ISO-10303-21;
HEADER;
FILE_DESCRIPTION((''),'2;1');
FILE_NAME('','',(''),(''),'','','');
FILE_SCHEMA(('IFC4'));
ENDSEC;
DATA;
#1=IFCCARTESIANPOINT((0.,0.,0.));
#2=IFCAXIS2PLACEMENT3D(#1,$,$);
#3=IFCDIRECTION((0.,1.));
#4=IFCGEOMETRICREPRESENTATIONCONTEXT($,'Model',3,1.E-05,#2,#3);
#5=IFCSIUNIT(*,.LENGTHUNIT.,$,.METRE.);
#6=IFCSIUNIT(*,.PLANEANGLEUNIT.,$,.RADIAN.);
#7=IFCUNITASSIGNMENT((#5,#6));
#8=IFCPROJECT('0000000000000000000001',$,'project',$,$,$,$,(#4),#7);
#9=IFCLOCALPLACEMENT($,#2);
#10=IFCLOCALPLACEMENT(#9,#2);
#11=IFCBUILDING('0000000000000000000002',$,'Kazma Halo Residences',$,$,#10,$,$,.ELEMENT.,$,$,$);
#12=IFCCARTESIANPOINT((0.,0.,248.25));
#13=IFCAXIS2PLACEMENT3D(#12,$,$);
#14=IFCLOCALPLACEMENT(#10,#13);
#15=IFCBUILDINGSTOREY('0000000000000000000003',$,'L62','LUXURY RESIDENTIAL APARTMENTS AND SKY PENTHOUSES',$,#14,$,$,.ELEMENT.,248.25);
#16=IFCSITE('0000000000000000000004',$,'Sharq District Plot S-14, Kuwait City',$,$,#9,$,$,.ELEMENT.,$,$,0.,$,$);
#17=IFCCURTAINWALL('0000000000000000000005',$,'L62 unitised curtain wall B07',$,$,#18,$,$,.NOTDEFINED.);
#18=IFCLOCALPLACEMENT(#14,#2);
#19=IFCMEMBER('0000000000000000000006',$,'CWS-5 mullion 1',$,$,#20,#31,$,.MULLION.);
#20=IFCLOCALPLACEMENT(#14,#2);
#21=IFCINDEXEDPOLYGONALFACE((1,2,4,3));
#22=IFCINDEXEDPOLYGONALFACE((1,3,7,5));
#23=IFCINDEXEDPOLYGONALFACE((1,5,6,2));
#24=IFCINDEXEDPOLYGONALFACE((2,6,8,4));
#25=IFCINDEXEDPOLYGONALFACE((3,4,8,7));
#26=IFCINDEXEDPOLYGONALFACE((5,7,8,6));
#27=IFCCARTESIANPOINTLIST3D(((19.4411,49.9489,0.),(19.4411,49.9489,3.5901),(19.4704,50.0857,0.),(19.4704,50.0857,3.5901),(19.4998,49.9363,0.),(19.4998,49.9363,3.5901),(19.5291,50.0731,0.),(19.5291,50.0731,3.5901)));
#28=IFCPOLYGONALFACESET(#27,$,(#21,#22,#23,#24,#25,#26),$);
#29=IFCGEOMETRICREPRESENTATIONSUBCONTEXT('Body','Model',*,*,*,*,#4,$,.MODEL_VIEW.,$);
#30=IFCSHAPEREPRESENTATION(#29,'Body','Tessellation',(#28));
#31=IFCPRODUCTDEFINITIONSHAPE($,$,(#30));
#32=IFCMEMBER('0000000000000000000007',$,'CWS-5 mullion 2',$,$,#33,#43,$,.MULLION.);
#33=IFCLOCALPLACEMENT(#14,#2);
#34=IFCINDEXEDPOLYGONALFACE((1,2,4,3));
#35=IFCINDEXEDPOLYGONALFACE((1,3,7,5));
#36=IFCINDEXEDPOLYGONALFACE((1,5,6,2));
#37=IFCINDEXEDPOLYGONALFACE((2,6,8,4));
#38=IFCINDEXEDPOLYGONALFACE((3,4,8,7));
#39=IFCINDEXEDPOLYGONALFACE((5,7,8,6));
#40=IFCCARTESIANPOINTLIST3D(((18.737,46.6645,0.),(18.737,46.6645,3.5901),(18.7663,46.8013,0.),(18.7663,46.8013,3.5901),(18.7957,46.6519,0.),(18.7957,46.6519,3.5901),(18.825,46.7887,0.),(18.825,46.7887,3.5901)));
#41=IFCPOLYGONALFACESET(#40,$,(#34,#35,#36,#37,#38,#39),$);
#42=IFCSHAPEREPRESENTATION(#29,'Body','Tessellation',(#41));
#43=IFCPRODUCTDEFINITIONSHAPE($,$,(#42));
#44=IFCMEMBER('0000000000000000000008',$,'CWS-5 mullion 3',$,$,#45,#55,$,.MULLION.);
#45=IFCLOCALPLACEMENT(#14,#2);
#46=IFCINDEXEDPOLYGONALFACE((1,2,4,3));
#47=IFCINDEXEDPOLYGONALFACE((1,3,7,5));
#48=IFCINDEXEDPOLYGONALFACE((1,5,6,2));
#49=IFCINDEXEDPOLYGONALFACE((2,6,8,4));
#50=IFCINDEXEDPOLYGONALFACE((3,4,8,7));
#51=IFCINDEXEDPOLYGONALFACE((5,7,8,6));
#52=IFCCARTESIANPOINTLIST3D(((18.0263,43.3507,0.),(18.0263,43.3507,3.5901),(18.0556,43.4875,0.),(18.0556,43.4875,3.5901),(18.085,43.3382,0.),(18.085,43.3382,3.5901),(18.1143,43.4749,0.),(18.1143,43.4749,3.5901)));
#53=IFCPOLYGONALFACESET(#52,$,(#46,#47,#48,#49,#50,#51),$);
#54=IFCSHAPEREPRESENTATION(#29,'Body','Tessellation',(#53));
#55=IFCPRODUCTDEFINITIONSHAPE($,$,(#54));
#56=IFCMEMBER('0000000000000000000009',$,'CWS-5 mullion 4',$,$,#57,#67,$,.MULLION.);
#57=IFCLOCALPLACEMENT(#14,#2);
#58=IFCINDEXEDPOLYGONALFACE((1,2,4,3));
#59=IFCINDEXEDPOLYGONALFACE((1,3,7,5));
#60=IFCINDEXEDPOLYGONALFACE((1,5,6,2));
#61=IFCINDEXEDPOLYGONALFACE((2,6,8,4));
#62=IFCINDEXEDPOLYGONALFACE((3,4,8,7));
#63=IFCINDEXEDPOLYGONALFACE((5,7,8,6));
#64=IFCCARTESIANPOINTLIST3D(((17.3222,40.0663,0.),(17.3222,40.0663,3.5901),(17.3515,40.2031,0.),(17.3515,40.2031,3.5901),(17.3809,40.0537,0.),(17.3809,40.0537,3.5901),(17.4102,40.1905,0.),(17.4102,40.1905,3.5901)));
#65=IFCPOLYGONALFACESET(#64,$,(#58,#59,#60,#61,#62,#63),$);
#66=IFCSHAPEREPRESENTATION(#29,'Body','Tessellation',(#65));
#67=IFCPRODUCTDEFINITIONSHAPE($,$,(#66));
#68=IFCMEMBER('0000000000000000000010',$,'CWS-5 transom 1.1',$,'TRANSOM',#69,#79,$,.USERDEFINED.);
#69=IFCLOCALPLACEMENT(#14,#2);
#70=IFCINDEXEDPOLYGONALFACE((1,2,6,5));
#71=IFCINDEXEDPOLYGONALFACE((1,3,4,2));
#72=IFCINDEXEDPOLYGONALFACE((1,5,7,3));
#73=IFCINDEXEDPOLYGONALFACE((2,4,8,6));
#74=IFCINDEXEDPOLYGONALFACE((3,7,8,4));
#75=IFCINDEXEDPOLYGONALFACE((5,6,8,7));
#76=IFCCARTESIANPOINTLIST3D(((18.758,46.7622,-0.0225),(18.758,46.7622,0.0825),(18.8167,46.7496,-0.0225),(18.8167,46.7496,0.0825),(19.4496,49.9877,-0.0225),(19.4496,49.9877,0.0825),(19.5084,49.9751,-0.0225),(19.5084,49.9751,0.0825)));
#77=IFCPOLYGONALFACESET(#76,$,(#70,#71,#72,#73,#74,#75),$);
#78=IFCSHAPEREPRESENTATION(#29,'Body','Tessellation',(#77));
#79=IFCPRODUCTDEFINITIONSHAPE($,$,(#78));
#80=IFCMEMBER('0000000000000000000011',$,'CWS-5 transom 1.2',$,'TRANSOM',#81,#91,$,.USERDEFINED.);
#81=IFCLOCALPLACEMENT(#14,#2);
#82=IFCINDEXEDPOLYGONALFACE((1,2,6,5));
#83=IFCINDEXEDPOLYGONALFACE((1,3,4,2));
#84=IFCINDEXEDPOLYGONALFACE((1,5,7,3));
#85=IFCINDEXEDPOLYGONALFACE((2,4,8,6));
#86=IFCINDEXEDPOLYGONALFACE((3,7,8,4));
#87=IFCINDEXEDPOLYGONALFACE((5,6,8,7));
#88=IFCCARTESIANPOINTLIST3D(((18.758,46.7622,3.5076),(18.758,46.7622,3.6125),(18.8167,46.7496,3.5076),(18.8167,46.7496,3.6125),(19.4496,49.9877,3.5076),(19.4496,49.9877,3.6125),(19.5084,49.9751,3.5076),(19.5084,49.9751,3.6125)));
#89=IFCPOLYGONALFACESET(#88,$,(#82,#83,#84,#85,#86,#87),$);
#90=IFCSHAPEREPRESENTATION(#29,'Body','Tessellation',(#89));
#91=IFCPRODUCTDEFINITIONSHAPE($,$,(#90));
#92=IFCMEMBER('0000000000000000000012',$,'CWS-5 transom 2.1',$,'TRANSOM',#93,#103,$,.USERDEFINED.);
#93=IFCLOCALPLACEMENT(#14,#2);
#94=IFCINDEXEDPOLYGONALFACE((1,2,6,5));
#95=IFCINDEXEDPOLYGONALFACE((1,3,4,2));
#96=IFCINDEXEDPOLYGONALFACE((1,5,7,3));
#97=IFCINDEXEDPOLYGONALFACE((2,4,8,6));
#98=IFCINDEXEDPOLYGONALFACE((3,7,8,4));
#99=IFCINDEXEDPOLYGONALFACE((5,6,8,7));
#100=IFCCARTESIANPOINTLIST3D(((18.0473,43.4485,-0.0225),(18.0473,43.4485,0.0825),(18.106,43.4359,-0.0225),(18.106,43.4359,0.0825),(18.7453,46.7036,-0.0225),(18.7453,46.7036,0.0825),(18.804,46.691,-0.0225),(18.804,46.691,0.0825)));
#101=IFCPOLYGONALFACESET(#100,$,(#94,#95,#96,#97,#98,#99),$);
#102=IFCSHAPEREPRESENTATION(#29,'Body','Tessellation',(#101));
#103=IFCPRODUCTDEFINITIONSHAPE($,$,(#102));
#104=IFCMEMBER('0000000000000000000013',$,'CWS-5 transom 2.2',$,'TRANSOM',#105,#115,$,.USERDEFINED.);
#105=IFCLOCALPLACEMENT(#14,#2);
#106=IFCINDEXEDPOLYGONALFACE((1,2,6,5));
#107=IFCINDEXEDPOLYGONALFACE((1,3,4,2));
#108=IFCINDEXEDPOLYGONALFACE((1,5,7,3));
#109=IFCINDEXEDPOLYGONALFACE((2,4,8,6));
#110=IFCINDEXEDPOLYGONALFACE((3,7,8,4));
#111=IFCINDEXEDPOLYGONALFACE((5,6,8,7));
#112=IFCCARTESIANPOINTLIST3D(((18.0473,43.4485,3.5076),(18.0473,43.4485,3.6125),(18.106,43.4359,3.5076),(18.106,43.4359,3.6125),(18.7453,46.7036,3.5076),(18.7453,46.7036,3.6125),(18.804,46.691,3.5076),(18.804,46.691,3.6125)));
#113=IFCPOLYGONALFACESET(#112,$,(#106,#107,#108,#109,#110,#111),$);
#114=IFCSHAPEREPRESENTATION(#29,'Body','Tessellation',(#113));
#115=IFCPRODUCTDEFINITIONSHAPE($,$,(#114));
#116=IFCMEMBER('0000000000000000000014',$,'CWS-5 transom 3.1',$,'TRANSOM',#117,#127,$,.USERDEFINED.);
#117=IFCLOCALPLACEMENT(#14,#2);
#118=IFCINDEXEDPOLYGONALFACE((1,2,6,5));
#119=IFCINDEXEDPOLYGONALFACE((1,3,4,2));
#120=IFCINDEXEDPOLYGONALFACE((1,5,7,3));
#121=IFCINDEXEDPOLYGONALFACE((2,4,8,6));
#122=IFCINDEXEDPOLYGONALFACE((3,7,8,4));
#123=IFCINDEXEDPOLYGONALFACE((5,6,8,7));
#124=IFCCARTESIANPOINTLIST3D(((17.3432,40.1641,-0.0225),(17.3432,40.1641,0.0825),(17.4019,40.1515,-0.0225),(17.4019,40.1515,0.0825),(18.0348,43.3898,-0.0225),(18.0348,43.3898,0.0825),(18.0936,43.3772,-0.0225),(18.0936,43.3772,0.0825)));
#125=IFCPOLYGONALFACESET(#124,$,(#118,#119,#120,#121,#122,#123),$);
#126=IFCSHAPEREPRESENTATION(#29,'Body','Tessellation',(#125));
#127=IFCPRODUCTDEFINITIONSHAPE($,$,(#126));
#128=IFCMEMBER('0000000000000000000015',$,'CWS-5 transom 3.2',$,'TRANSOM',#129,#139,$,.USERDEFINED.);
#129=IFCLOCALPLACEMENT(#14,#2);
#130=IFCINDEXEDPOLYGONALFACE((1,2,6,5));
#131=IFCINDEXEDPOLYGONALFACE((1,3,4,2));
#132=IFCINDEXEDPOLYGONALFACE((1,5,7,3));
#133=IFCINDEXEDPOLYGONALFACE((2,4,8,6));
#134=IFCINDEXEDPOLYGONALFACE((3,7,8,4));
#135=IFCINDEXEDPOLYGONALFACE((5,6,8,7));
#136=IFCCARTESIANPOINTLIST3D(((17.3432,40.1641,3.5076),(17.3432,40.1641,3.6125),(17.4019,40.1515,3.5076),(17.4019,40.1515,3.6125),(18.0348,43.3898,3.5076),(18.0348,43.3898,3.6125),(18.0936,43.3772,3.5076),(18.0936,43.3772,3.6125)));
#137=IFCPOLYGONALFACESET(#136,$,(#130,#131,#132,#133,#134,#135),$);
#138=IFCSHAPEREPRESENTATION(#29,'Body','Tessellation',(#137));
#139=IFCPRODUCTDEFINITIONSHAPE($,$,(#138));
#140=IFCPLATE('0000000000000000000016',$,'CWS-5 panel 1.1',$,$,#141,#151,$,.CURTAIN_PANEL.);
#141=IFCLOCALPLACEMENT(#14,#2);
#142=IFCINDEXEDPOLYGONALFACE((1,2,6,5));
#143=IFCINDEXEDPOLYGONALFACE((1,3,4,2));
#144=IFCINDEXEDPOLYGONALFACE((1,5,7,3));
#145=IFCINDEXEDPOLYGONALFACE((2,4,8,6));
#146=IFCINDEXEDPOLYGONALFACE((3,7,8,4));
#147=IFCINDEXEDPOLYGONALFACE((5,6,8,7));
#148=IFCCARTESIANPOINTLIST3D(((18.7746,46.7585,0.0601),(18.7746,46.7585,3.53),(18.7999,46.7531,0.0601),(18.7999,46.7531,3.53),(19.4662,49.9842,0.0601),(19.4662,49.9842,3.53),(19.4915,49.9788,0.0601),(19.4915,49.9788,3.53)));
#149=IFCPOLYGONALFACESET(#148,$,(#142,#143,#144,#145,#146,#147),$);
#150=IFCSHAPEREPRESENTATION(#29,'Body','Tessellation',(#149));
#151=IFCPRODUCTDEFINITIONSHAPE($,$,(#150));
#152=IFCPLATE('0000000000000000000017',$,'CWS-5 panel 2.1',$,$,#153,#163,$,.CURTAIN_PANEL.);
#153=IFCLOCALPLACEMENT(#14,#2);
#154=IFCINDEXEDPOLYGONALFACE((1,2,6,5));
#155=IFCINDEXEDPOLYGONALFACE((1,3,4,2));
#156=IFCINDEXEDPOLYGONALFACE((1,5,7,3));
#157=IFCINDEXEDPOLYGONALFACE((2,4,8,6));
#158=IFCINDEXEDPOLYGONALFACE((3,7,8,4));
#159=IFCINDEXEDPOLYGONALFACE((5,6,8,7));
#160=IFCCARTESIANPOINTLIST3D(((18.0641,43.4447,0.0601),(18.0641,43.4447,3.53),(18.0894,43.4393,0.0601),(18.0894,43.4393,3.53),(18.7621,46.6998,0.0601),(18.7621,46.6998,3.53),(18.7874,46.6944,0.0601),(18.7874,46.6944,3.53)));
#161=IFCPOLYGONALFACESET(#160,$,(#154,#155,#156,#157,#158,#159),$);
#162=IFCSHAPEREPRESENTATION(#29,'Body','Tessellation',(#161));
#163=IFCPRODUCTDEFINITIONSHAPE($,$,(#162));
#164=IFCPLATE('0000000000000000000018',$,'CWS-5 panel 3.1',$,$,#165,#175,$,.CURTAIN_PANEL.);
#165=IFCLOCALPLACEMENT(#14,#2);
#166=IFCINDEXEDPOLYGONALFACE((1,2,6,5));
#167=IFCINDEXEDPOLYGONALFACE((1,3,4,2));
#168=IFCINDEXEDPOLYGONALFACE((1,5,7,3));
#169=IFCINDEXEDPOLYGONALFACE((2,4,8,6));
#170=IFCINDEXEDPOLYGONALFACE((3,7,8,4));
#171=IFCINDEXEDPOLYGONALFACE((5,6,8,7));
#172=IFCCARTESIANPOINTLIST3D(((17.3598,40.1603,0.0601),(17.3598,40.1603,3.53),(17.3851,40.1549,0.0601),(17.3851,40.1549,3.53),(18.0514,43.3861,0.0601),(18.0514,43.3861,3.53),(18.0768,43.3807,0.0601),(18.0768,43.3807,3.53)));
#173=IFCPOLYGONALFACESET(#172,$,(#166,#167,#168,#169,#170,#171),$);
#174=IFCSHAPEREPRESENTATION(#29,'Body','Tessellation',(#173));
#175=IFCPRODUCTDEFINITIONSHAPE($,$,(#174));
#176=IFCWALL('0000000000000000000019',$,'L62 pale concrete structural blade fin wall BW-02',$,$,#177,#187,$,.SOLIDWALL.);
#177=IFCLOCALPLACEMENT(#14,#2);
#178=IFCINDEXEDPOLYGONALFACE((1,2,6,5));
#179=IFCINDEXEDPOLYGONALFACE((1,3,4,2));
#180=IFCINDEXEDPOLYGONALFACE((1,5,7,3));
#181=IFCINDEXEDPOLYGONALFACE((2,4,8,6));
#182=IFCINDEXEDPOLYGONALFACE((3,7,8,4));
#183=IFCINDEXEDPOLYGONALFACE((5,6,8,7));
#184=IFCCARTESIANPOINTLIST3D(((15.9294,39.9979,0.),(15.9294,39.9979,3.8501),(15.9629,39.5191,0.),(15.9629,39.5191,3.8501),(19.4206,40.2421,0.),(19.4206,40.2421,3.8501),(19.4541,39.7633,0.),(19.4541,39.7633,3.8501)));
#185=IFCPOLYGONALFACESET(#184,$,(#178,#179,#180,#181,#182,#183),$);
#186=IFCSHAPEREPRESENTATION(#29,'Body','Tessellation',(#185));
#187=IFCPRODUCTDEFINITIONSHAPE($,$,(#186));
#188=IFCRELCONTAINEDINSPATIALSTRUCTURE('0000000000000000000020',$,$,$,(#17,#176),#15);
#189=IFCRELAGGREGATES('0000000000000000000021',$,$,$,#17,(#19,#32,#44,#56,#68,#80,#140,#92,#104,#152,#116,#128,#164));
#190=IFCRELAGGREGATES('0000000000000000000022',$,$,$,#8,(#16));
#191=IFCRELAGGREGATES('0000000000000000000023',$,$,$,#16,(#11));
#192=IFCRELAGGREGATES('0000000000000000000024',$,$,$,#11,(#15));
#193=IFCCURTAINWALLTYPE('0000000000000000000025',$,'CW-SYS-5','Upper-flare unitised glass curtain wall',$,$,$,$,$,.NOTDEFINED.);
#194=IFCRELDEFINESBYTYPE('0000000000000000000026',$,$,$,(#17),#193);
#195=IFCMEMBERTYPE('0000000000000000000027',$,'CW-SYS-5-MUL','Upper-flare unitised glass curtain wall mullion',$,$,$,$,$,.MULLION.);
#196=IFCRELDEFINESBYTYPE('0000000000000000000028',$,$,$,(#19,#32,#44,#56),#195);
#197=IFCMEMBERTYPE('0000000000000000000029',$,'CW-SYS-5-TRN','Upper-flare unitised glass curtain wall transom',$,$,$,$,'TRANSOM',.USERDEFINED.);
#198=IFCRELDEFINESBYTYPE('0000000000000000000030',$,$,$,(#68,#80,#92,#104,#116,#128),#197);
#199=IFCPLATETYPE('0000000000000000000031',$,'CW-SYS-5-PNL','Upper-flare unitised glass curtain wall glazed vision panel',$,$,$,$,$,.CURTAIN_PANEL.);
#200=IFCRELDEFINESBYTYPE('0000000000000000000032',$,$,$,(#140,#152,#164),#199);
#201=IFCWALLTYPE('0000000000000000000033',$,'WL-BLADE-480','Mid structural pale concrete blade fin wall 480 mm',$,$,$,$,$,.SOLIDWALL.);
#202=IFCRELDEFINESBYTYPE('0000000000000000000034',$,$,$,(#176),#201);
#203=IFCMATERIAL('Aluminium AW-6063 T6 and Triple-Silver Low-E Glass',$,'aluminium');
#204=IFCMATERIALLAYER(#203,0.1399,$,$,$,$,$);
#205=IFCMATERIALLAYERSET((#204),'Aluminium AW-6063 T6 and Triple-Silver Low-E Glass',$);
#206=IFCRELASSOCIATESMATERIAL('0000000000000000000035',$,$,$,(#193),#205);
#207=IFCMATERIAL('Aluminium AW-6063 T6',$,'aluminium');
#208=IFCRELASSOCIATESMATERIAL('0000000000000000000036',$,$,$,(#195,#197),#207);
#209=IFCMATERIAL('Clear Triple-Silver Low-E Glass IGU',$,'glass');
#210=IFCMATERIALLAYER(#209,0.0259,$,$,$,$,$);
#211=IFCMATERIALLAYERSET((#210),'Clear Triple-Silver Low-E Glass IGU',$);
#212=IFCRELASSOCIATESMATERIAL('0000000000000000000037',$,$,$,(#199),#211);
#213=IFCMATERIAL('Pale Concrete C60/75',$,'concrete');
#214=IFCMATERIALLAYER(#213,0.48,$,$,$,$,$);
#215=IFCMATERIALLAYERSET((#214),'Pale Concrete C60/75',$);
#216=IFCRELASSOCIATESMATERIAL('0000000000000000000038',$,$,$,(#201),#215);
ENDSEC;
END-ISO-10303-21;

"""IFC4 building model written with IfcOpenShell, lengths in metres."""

from ifc_helpers import new_model, si_unit, direction, frame, frame_2d, origin, origin_2d, place, context, subcontext, project, spatial, rectangle, extrude, material, layer, layer_set, material_profile, profile_set, type_object, element, aggregate, save


model = new_model("IFC4")

# Units and contexts
model_context = context("Model", 3, precision=1e-05, world=origin(), true_north=direction((0.0, 1.0)))
body_context = subcontext(model_context, "Body", "Model", "MODEL_VIEW")
ifc_project = project(units=[si_unit("LENGTHUNIT", "METRE"), si_unit("PLANEANGLEUNIT", "RADIAN")], contexts=[model_context])

# Site, building, storey
site_placement = place(None, origin())
site = spatial("IfcSite", under=ifc_project, at=site_placement, Name="Sharq District Plot S-14, Kuwait City", CompositionType="ELEMENT", RefElevation=0.0)
building_placement = place(site_placement, origin())
building = spatial("IfcBuilding", under=site, at=building_placement, Name="Kazma Halo Residences", CompositionType="ELEMENT")
storey_placement = place(building_placement, frame((0.0, 0.0, 248.25)))
storey = spatial("IfcBuildingStorey", under=building, at=storey_placement, Name="L62", Description="LUXURY RESIDENTIAL APARTMENTS AND SKY PENTHOUSES", CompositionType="ELEMENT", Elevation=248.25)

# Curtain wall, members, plates
ifc_material_1 = material(Name="Aluminium AW-6063 T6 and Triple-Silver Low-E Glass", Category="aluminium")
ifc_layer_1 = layer(ifc_material_1, 0.1399)
ifc_layer_set_1 = layer_set([ifc_layer_1], Name="Aluminium AW-6063 T6 and Triple-Silver Low-E Glass")
curtain_wall_type = type_object("IfcCurtainWallType", Name="CW-SYS-5", Description="Upper-flare unitised glass curtain wall", PredefinedType="NOTDEFINED", material=ifc_layer_set_1)
curtain_wall_placement = place(storey_placement, origin())
curtain_wall = element("IfcCurtainWall", 1, at=curtain_wall_placement, inside=storey, type_object=curtain_wall_type, Name="L62 unitised curtain wall B07", PredefinedType="NOTDEFINED")
ifc_material_2 = material(Name="Aluminium AW-6063 T6", Category="aluminium")
ifc_material_profile_1 = material_profile(ifc_material_2, rectangle(XDim=0.0601, YDim=0.1399, at=origin_2d()), Name="CWM-60x140")
ifc_profile_set_1 = profile_set([ifc_material_profile_1], Name="Aluminium AW-6063 T6")
member_type_1 = type_object("IfcMemberType", Name="CW-SYS-5-MUL", Description="Upper-flare unitised glass curtain wall mullion", PredefinedType="MULLION", material=ifc_profile_set_1)
member_1_placement = place(storey_placement, frame((19.4851, 50.011, 0.0), z_axis=(0.0, 0.0, 1.0), x_axis=(0.977775, -0.209657, 0.0)))
member_1 = element("IfcMember", 2, at=member_1_placement, type_object=member_type_1, Name="CWS-5 mullion 1", PredefinedType="MULLION", context=body_context, shape_type="SweptSolid", body=[
    extrude(rectangle(XDim=0.0601, YDim=0.1399, at=origin_2d()), origin(), (0.0, 0.0, 1.0), 3.5901),
])
member_2_placement = place(storey_placement, frame((18.781, 46.7266, 0.0), z_axis=(0.0, 0.0, 1.0), x_axis=(0.977775, -0.209657, 0.0)))
member_2 = element("IfcMember", 3, at=member_2_placement, type_object=member_type_1, Name="CWS-5 mullion 2", PredefinedType="MULLION", context=body_context, shape_type="SweptSolid", body=[
    extrude(rectangle(XDim=0.0601, YDim=0.1399, at=origin_2d()), origin(), (0.0, 0.0, 1.0), 3.5901),
])
member_3_placement = place(storey_placement, frame((18.0703, 43.4128, 0.0), z_axis=(0.0, 0.0, 1.0), x_axis=(0.977775, -0.209657, 0.0)))
member_3 = element("IfcMember", 4, at=member_3_placement, type_object=member_type_1, Name="CWS-5 mullion 3", PredefinedType="MULLION", context=body_context, shape_type="SweptSolid", body=[
    extrude(rectangle(XDim=0.0601, YDim=0.1399, at=origin_2d()), origin(), (0.0, 0.0, 1.0), 3.5901),
])
member_4_placement = place(storey_placement, frame((17.3662, 40.1284, 0.0), z_axis=(0.0, 0.0, 1.0), x_axis=(0.977775, -0.209657, 0.0)))
member_4 = element("IfcMember", 5, at=member_4_placement, type_object=member_type_1, Name="CWS-5 mullion 4", PredefinedType="MULLION", context=body_context, shape_type="SweptSolid", body=[
    extrude(rectangle(XDim=0.0601, YDim=0.1399, at=origin_2d()), origin(), (0.0, 0.0, 1.0), 3.5901),
])
ifc_material_profile_2 = material_profile(ifc_material_2, rectangle(XDim=0.0601, YDim=0.105, at=origin_2d()), Name="CWT-60x105")
ifc_profile_set_2 = profile_set([ifc_material_profile_2], Name="Aluminium AW-6063 T6")
member_type_2 = type_object("IfcMemberType", Name="CW-SYS-5-TRN", Description="Upper-flare unitised glass curtain wall transom", ElementType="TRANSOM", PredefinedType="USERDEFINED", material=ifc_profile_set_2)
member_5_placement = place(storey_placement, frame((19.479, 49.9814, 0.03), z_axis=(-0.20966, -0.977774, 0.0), x_axis=(0.977774, -0.20966, 0.0)))
member_5 = element("IfcMember", 6, at=member_5_placement, type_object=member_type_2, Name="CWS-5 transom 1.1", ObjectType="TRANSOM", PredefinedType="USERDEFINED", context=body_context, shape_type="SweptSolid", body=[
    extrude(rectangle(XDim=0.0601, YDim=0.105, at=origin_2d()), origin(), (0.0, 0.0, 1.0), 3.2988),
])
member_6_placement = place(storey_placement, frame((19.479, 49.9814, 3.5601), z_axis=(-0.20966, -0.977774, 0.0), x_axis=(0.977774, -0.20966, 0.0)))
member_6 = element("IfcMember", 7, at=member_6_placement, type_object=member_type_2, Name="CWS-5 transom 1.2", ObjectType="TRANSOM", PredefinedType="USERDEFINED", context=body_context, shape_type="SweptSolid", body=[
    extrude(rectangle(XDim=0.0601, YDim=0.105, at=origin_2d()), origin(), (0.0, 0.0, 1.0), 3.2988),
])
member_7_placement = place(storey_placement, frame((18.7747, 46.6973, 0.03), z_axis=(-0.209664, -0.977773, 0.0), x_axis=(0.977773, -0.209664, 0.0)))
member_7 = element("IfcMember", 8, at=member_7_placement, type_object=member_type_2, Name="CWS-5 transom 2.1", ObjectType="TRANSOM", PredefinedType="USERDEFINED", context=body_context, shape_type="SweptSolid", body=[
    extrude(rectangle(XDim=0.0601, YDim=0.105, at=origin_2d()), origin(), (0.0, 0.0, 1.0), 3.3291),
])
member_8_placement = place(storey_placement, frame((18.7747, 46.6973, 3.5601), z_axis=(-0.209664, -0.977773, 0.0), x_axis=(0.977773, -0.209664, 0.0)))
member_8 = element("IfcMember", 9, at=member_8_placement, type_object=member_type_2, Name="CWS-5 transom 2.2", ObjectType="TRANSOM", PredefinedType="USERDEFINED", context=body_context, shape_type="SweptSolid", body=[
    extrude(rectangle(XDim=0.0601, YDim=0.105, at=origin_2d()), origin(), (0.0, 0.0, 1.0), 3.3291),
])
member_9_placement = place(storey_placement, frame((18.0642, 43.3835, 0.03), z_axis=(-0.209645, -0.977777, 0.0), x_axis=(0.977777, -0.209645, 0.0)))
member_9 = element("IfcMember", 10, at=member_9_placement, type_object=member_type_2, Name="CWS-5 transom 3.1", ObjectType="TRANSOM", PredefinedType="USERDEFINED", context=body_context, shape_type="SweptSolid", body=[
    extrude(rectangle(XDim=0.0601, YDim=0.105, at=origin_2d()), origin(), (0.0, 0.0, 1.0), 3.2991),
])
member_10_placement = place(storey_placement, frame((18.0642, 43.3835, 3.5601), z_axis=(-0.209645, -0.977777, 0.0), x_axis=(0.977777, -0.209645, 0.0)))
member_10 = element("IfcMember", 11, at=member_10_placement, type_object=member_type_2, Name="CWS-5 transom 3.2", ObjectType="TRANSOM", PredefinedType="USERDEFINED", context=body_context, shape_type="SweptSolid", body=[
    extrude(rectangle(XDim=0.0601, YDim=0.105, at=origin_2d()), origin(), (0.0, 0.0, 1.0), 3.2991),
])
ifc_material_3 = material(Name="Clear Triple-Silver Low-E Glass IGU", Category="glass")
ifc_layer_2 = layer(ifc_material_3, 0.0259)
ifc_layer_set_2 = layer_set([ifc_layer_2], Name="Clear Triple-Silver Low-E Glass IGU")
plate_type = type_object("IfcPlateType", Name="CW-SYS-5-PNL", Description="Upper-flare unitised glass curtain wall glazed vision panel", PredefinedType="CURTAIN_PANEL", material=ifc_layer_set_2)
plate_1_placement = place(storey_placement, frame((19.1331, 48.3687, 0.0601), z_axis=(0.0, 0.0, 1.0), x_axis=(-0.209657, -0.977775, 0.0)))
plate_1 = element("IfcPlate", 12, at=plate_1_placement, type_object=plate_type, Name="CWS-5 panel 1.1", PredefinedType="CURTAIN_PANEL", context=body_context, shape_type="SweptSolid", body=[
    extrude(rectangle(XDim=3.2991, YDim=0.0259, at=origin_2d()), origin(), (0.0, 0.0, 1.0), 3.47),
])
plate_2_placement = place(storey_placement, frame((18.4258, 45.0696, 0.0601), z_axis=(0.0, 0.0, 1.0), x_axis=(-0.209657, -0.977775, 0.0)))
plate_2 = element("IfcPlate", 13, at=plate_2_placement, type_object=plate_type, Name="CWS-5 panel 2.1", PredefinedType="CURTAIN_PANEL", context=body_context, shape_type="SweptSolid", body=[
    extrude(rectangle(XDim=3.3291, YDim=0.0259, at=origin_2d()), origin(), (0.0, 0.0, 1.0), 3.47),
])
plate_3_placement = place(storey_placement, frame((17.7183, 41.7705, 0.0601), z_axis=(0.0, 0.0, 1.0), x_axis=(-0.209657, -0.977775, 0.0)))
plate_3 = element("IfcPlate", 14, at=plate_3_placement, type_object=plate_type, Name="CWS-5 panel 3.1", PredefinedType="CURTAIN_PANEL", context=body_context, shape_type="SweptSolid", body=[
    extrude(rectangle(XDim=3.2991, YDim=0.0259, at=origin_2d()), origin(), (0.0, 0.0, 1.0), 3.47),
])
aggregate(curtain_wall, [member_1, member_2, member_3, member_4, member_5, member_6, plate_1, member_7, member_8, plate_2, member_9, member_10, plate_3])

# Wall
ifc_material_4 = material(Name="Pale Concrete C60/75", Category="concrete")
ifc_layer_3 = layer(ifc_material_4, 0.48)
ifc_layer_set_3 = layer_set([ifc_layer_3], Name="Pale Concrete C60/75")
wall_type_1 = type_object("IfcWallType", Name="WL-BLADE-480", Description="Mid structural pale concrete blade fin wall 480 mm", PredefinedType="SOLIDWALL", material=ifc_layer_set_3)
wall_1_placement = place(storey_placement, frame((19.4375, 40.0027, 0.0), z_axis=(0.0, 0.0, 1.0), x_axis=(-0.997564, -0.06976, 0.0)))
element("IfcWall", 15, at=wall_1_placement, inside=storey, type_object=wall_type_1, Name="L62 pale concrete structural blade fin wall BW-02", PredefinedType="SOLIDWALL", context=body_context, shape_type="SweptSolid", body=[
    extrude(rectangle(XDim=3.4998, YDim=0.48, at=frame_2d((1.75, 0.0))), origin(), (0.0, 0.0, 1.0), 3.8501),
])

save(model, "model.ifc")
